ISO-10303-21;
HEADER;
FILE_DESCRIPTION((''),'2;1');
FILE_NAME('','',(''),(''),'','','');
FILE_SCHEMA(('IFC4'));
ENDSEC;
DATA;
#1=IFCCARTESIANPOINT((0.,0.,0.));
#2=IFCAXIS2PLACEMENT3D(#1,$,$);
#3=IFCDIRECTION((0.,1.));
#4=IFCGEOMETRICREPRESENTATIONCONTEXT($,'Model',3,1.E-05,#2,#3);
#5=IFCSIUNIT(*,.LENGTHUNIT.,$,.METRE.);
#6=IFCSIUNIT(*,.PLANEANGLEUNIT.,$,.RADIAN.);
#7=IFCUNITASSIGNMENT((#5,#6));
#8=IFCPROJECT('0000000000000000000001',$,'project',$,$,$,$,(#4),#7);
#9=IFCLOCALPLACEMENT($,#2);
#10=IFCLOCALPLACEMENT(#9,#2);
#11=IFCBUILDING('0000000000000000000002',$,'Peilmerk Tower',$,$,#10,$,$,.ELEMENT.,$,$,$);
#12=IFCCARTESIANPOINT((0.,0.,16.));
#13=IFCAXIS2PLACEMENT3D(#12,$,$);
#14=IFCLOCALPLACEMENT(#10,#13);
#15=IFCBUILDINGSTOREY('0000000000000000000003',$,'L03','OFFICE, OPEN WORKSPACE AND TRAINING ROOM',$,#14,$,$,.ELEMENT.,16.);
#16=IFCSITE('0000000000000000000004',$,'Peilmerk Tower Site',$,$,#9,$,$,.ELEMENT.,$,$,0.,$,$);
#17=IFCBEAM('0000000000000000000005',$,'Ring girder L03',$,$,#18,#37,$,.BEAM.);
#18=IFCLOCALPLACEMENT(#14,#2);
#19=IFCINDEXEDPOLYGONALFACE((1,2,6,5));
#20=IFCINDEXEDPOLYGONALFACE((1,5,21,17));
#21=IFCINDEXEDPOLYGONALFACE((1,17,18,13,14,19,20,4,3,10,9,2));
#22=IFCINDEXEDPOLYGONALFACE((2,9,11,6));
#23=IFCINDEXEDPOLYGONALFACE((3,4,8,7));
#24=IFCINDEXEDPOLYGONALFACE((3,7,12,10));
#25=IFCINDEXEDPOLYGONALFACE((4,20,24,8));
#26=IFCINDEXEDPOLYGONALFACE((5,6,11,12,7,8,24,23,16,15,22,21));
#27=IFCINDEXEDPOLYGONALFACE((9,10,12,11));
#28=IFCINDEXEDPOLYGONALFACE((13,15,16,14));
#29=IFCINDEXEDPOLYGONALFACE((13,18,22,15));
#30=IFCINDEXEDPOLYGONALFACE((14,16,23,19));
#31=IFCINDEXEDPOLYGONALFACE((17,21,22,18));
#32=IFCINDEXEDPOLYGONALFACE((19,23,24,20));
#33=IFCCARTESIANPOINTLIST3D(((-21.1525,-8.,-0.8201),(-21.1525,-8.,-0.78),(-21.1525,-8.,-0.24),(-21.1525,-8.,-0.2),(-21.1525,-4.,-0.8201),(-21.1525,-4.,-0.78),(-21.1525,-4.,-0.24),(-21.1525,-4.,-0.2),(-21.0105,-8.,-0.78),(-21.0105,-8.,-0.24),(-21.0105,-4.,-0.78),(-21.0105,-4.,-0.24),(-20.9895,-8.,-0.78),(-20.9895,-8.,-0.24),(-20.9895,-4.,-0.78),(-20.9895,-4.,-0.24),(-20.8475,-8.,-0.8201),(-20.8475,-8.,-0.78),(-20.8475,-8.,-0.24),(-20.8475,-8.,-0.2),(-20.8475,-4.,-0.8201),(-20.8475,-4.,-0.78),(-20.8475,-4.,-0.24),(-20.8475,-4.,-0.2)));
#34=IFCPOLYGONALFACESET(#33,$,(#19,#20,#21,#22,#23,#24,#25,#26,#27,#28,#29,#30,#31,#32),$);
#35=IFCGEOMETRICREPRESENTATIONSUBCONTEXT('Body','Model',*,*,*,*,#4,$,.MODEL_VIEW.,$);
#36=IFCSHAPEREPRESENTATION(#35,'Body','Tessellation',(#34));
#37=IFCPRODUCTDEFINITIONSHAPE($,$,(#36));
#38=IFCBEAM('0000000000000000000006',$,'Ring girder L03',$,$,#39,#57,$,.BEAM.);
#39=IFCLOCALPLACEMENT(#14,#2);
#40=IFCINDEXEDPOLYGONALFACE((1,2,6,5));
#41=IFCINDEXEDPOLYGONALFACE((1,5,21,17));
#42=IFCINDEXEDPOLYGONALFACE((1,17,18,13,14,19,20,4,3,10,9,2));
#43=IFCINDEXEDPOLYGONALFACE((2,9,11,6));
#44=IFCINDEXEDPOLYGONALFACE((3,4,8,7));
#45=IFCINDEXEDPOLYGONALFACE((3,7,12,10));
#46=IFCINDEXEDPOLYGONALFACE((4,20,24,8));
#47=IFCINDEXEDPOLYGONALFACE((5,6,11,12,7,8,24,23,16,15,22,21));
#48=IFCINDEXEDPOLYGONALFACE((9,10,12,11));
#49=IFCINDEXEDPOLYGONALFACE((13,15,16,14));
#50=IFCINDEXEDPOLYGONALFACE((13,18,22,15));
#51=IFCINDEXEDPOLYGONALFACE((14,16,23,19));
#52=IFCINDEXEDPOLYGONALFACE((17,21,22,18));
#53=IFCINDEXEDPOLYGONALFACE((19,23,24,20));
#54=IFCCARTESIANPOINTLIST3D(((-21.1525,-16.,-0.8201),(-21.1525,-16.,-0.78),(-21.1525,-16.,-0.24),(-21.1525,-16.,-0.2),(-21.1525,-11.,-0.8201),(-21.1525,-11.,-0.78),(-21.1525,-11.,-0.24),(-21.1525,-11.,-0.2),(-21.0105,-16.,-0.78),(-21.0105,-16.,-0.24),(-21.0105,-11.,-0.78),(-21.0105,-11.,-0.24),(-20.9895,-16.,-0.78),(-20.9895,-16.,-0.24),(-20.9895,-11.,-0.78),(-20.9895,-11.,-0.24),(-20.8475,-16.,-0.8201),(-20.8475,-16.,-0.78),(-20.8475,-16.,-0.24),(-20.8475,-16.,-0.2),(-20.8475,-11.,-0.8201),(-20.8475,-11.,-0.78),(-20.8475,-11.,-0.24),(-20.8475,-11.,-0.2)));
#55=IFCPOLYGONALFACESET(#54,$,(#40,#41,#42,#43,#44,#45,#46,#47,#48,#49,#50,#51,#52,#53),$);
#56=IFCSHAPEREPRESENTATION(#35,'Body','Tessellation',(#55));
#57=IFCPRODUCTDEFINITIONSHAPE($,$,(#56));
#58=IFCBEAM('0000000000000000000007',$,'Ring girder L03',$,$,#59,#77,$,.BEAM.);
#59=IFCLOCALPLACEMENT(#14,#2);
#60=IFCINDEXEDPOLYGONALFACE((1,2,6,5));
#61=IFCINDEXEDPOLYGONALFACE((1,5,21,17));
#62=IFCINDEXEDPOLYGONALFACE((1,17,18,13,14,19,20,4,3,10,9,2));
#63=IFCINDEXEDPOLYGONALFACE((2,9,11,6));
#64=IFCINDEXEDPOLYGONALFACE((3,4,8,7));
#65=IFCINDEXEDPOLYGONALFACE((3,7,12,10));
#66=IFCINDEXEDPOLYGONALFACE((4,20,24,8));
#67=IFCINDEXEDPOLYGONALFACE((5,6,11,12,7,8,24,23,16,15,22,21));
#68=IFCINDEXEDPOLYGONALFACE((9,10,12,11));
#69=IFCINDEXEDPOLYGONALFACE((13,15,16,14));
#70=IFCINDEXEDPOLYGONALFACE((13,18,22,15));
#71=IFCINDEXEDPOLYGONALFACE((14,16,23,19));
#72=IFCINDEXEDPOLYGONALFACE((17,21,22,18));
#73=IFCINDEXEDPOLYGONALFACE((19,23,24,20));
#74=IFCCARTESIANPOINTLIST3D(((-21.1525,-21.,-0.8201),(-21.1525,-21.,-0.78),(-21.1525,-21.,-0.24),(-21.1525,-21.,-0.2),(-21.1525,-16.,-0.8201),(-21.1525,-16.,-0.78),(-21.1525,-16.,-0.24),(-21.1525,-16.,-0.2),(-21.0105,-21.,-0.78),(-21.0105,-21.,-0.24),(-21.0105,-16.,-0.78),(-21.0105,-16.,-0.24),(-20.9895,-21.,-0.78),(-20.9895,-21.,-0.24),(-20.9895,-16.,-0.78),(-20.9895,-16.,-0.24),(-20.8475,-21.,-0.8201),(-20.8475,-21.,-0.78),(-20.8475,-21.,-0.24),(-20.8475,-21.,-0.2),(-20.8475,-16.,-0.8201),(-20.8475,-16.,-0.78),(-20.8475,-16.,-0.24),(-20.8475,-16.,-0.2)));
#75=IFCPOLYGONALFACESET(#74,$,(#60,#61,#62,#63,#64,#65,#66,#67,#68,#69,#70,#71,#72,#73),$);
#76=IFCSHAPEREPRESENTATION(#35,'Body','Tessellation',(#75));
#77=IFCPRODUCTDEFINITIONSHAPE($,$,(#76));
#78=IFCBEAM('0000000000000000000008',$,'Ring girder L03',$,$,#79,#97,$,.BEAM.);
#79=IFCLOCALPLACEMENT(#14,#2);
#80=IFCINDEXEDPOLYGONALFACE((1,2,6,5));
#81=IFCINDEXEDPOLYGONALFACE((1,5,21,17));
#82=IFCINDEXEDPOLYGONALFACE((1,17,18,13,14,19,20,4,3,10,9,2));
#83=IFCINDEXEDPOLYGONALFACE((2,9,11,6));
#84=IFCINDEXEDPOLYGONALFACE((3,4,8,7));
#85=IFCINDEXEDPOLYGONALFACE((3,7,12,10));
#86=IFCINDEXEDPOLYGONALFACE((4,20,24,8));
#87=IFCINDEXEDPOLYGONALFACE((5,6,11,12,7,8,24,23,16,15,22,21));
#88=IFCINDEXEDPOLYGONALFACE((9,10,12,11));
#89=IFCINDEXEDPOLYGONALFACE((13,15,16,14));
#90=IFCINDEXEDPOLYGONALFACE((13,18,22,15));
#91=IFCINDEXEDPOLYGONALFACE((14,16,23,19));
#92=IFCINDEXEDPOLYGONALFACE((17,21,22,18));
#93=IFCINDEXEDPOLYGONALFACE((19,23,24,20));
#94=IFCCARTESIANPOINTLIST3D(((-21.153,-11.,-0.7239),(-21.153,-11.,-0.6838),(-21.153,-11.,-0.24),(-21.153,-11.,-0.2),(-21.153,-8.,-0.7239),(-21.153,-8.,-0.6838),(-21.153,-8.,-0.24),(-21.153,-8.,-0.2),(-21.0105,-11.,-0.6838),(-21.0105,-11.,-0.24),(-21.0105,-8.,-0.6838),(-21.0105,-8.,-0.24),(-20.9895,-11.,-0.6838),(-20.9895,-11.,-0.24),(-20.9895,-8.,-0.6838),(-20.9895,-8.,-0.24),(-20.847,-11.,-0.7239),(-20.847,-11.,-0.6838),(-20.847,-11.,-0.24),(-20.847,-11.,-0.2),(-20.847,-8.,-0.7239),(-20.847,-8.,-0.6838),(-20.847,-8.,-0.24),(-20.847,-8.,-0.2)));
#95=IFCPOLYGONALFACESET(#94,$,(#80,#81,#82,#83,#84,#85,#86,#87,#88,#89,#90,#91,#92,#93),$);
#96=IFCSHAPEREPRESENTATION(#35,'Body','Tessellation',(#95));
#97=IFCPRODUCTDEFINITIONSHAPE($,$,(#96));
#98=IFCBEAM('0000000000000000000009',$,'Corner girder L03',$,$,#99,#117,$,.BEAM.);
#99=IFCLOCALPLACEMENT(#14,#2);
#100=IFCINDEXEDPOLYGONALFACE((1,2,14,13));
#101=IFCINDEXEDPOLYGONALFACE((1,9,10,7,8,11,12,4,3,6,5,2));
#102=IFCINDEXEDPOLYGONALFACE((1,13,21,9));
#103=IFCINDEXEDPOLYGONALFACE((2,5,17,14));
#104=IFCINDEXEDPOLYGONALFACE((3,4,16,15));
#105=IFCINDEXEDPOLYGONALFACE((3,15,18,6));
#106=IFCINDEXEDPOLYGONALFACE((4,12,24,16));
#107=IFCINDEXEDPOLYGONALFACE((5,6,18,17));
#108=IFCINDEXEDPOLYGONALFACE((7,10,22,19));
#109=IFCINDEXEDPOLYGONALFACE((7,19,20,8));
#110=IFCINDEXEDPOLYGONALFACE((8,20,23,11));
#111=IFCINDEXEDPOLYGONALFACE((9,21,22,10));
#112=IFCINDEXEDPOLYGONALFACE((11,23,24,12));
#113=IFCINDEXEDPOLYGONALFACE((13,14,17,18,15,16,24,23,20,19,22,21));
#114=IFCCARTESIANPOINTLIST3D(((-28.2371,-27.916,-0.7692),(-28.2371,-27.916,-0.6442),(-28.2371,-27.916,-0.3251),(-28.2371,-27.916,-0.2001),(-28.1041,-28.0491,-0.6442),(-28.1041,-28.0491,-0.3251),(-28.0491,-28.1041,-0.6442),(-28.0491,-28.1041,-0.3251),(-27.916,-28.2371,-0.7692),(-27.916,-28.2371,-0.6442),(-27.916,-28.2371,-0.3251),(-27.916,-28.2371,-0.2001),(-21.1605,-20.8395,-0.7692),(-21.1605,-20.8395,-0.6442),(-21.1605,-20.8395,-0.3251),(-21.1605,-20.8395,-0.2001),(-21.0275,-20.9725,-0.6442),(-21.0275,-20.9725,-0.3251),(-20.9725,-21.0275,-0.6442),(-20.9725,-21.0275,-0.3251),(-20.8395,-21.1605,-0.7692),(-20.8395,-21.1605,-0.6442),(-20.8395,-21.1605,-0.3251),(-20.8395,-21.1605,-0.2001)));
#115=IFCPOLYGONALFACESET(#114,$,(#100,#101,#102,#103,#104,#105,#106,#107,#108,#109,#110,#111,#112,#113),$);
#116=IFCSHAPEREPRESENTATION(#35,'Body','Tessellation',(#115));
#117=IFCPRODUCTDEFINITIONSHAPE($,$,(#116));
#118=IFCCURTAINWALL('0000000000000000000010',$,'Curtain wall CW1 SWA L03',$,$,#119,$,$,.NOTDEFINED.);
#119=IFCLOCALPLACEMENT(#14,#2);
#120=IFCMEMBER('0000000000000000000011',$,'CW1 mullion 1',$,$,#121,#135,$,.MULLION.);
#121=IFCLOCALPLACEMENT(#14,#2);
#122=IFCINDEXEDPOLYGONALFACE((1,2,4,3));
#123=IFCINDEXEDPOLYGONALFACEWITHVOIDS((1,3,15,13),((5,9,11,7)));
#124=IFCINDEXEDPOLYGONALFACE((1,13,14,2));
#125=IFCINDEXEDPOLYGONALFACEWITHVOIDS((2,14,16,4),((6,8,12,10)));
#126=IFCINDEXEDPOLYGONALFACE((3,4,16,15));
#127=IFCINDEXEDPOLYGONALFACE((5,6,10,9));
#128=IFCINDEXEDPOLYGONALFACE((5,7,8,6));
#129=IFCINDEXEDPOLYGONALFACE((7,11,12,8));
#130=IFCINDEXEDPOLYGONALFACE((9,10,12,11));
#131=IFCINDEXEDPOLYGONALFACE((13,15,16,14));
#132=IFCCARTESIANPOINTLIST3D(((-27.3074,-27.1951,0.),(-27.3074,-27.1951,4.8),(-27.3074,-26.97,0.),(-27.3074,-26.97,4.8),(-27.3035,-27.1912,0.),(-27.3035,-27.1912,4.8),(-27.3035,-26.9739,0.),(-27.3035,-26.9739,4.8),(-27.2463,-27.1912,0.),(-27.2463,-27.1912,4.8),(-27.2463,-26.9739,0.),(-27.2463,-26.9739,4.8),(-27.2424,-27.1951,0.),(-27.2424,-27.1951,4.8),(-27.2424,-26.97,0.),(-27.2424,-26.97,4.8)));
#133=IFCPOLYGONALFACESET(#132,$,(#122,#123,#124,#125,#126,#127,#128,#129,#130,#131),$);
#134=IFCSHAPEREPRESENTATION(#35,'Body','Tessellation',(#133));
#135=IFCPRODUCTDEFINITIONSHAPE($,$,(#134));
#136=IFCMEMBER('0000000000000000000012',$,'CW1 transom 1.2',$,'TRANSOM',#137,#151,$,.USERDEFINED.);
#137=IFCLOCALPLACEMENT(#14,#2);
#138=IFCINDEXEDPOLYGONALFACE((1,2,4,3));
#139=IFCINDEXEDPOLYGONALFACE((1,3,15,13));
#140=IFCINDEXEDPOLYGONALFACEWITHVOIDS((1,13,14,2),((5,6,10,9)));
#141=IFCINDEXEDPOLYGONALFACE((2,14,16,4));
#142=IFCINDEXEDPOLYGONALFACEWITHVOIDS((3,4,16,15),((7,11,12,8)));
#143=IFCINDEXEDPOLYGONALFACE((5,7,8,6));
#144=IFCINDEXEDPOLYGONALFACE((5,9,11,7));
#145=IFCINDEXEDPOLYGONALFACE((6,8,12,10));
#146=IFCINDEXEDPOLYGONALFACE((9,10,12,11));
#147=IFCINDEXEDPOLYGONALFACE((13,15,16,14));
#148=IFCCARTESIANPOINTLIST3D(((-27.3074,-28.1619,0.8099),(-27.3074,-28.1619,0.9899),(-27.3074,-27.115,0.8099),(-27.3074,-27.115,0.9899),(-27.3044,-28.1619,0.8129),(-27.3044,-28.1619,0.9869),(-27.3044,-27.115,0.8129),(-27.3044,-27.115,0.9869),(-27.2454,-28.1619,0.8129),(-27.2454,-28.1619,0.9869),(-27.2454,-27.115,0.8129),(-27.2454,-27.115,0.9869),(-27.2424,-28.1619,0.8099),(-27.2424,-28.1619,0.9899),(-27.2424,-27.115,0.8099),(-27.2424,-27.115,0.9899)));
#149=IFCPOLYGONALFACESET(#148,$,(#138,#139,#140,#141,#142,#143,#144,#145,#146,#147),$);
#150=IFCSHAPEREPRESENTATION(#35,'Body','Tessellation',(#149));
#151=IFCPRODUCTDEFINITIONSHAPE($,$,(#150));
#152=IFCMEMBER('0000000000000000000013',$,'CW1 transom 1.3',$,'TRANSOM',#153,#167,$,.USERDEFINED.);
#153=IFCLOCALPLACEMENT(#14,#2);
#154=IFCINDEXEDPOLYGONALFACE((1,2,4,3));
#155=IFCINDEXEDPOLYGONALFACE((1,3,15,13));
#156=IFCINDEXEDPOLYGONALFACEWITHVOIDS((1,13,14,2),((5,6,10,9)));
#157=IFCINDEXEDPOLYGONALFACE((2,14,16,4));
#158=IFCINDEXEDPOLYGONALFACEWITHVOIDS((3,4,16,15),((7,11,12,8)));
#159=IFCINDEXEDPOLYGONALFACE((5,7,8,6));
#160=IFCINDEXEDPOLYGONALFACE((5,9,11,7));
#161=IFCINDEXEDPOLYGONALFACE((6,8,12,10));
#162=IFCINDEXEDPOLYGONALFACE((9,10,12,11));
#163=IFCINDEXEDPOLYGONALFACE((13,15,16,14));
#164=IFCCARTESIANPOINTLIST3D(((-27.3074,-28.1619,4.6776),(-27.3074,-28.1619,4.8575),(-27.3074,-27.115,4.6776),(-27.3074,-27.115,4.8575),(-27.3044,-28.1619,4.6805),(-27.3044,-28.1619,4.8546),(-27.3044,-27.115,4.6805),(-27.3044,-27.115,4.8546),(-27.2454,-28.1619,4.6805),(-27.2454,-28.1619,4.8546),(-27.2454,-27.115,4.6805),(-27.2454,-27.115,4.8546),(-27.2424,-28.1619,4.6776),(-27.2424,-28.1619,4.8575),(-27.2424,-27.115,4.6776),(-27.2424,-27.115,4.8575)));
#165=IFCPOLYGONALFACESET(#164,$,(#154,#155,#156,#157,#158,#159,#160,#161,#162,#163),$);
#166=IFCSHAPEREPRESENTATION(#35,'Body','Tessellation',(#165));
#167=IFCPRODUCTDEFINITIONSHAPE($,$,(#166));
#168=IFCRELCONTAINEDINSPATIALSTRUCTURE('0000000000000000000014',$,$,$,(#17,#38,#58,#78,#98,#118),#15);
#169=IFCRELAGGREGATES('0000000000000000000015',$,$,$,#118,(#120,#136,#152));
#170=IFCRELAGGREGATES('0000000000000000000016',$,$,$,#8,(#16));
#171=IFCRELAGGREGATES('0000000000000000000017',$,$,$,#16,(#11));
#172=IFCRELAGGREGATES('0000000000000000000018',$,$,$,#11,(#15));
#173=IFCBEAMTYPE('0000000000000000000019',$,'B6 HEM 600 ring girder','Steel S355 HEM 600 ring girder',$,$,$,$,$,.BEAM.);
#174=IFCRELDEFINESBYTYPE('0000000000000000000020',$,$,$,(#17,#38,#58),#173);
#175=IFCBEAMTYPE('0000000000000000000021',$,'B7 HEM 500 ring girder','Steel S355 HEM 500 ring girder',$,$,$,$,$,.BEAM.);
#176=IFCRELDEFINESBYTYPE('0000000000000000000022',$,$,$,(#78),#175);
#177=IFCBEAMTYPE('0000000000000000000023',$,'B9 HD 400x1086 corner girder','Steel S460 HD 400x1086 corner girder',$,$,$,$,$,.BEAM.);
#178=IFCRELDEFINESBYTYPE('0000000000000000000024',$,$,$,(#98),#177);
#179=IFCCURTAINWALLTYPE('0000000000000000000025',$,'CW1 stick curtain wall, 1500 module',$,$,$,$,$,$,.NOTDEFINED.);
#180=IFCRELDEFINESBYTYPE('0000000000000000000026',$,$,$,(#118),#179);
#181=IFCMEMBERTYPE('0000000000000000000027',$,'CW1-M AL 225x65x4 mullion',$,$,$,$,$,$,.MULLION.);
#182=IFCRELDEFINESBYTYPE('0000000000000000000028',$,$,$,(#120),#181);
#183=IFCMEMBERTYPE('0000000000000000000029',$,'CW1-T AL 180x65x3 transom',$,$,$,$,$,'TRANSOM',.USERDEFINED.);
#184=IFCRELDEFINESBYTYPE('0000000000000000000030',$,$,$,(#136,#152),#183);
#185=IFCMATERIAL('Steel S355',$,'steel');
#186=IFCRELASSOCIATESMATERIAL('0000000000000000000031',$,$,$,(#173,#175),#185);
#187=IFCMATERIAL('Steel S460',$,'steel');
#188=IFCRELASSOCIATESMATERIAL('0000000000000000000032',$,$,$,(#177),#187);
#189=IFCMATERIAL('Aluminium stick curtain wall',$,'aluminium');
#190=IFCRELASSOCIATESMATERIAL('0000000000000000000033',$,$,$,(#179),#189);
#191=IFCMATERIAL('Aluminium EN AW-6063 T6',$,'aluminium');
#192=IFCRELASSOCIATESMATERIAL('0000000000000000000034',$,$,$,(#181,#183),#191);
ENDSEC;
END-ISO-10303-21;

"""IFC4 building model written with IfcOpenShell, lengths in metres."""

from ifc_helpers import new_model, si_unit, direction, frame, origin, origin_2d, place, context, subcontext, project, spatial, hollow_rectangle, i_section, extrude, material, material_profile, profile_set, type_object, element, aggregate, save


model = new_model("IFC4")

# Units and contexts
model_context = context("Model", 3, precision=1e-05, world=origin(), true_north=direction((0.0, 1.0)))
body_context = subcontext(model_context, "Body", "Model", "MODEL_VIEW")
ifc_project = project(units=[si_unit("LENGTHUNIT", "METRE"), si_unit("PLANEANGLEUNIT", "RADIAN")], contexts=[model_context])

# Site, building, storey
site_placement = place(None, origin())
site = spatial("IfcSite", under=ifc_project, at=site_placement, Name="Peilmerk Tower Site", CompositionType="ELEMENT", RefElevation=0.0)
building_placement = place(site_placement, origin())
building = spatial("IfcBuilding", under=site, at=building_placement, Name="Peilmerk Tower", CompositionType="ELEMENT")
storey_placement = place(building_placement, frame((0.0, 0.0, 16.0)))
storey = spatial("IfcBuildingStorey", under=building, at=storey_placement, Name="L03", Description="OFFICE, OPEN WORKSPACE AND TRAINING ROOM", CompositionType="ELEMENT", Elevation=16.0)

# Beams
ifc_material_1 = material(Name="Steel S355", Category="steel")
ifc_material_profile_1 = material_profile(ifc_material_1, i_section(OverallWidth=0.3049, OverallDepth=0.6201, WebThickness=0.021, FlangeThickness=0.04, at=origin_2d()), Name="HEM 600")
ifc_profile_set_1 = profile_set([ifc_material_profile_1], Name="Steel S355")
beam_type_1 = type_object("IfcBeamType", Name="B6 HEM 600 ring girder", Description="Steel S355 HEM 600 ring girder", PredefinedType="BEAM", material=ifc_profile_set_1)
beam_1_placement = place(storey_placement, frame((-21.0, -4.0, -0.51), z_axis=(0.0, -1.0, 0.0), x_axis=(1.0, 0.0, 0.0)))
element("IfcBeam", 1, at=beam_1_placement, inside=storey, type_object=beam_type_1, Name="Ring girder L03", PredefinedType="BEAM", context=body_context, shape_type="SweptSolid", body=[
    extrude(i_section(OverallWidth=0.3049, OverallDepth=0.6201, WebThickness=0.021, FlangeThickness=0.04, at=origin_2d()), origin(), (0.0, 0.0, 1.0), 4.0),
])
for number, where, z_axis, x_axis, name in (
    (2, (-21.0, -11.0, -0.51), (0.0, -1.0, 0.0), (1.0, 0.0, 0.0), "Ring girder L03"),
    (3, (-21.0, -16.0, -0.51), (0.0, -1.0, 0.0), (1.0, 0.0, 0.0), "Ring girder L03"),
):
    element("IfcBeam", number, at=place(storey_placement, frame(where, z_axis=z_axis, x_axis=x_axis)), inside=storey, type_object=beam_type_1, Name=name, PredefinedType="BEAM", context=body_context, shape_type="SweptSolid", body=[
        extrude(i_section(OverallWidth=0.3049, OverallDepth=0.6201, WebThickness=0.021, FlangeThickness=0.04, at=origin_2d()), origin(), (0.0, 0.0, 1.0), 5.0),
    ])
ifc_material_profile_2 = material_profile(ifc_material_1, i_section(OverallWidth=0.3059, OverallDepth=0.5239, WebThickness=0.021, FlangeThickness=0.04, at=origin_2d()), Name="HEM 500")
ifc_profile_set_2 = profile_set([ifc_material_profile_2], Name="Steel S355")
beam_type_2 = type_object("IfcBeamType", Name="B7 HEM 500 ring girder", Description="Steel S355 HEM 500 ring girder", PredefinedType="BEAM", material=ifc_profile_set_2)
beam_2_placement = place(storey_placement, frame((-21.0, -8.0, -0.4619), z_axis=(0.0, -1.0, 0.0), x_axis=(1.0, 0.0, 0.0)))
element("IfcBeam", 4, at=beam_2_placement, inside=storey, type_object=beam_type_2, Name="Ring girder L03", PredefinedType="BEAM", context=body_context, shape_type="SweptSolid", body=[
    extrude(i_section(OverallWidth=0.3059, OverallDepth=0.5239, WebThickness=0.021, FlangeThickness=0.04, at=origin_2d()), origin(), (0.0, 0.0, 1.0), 3.0),
])
ifc_material_2 = material(Name="Steel S460", Category="steel")
ifc_material_profile_3 = material_profile(ifc_material_2, i_section(OverallWidth=0.4541, OverallDepth=0.5691, WebThickness=0.0779, FlangeThickness=0.125, at=origin_2d()), Name="HD 400x1086")
ifc_profile_set_3 = profile_set([ifc_material_profile_3], Name="Steel S460")
beam_type_3 = type_object("IfcBeamType", Name="B9 HD 400x1086 corner girder", Description="Steel S460 HD 400x1086 corner girder", PredefinedType="BEAM", material=ifc_profile_set_3)
beam_3_placement = place(storey_placement, frame((-21.0, -21.0, -0.4846), z_axis=(-0.707107, -0.707107, 0.0), x_axis=(0.707107, -0.707107, 0.0)))
element("IfcBeam", 5, at=beam_3_placement, inside=storey, type_object=beam_type_3, Name="Corner girder L03", PredefinedType="BEAM", context=body_context, shape_type="SweptSolid", body=[
    extrude(i_section(OverallWidth=0.4541, OverallDepth=0.5691, WebThickness=0.0779, FlangeThickness=0.125, at=origin_2d()), origin(), (0.0, 0.0, 1.0), 10.0078),
])

# Curtain wall, members
ifc_material_3 = material(Name="Aluminium stick curtain wall", Category="aluminium")
curtain_wall_type = type_object("IfcCurtainWallType", Name="CW1 stick curtain wall, 1500 module", PredefinedType="NOTDEFINED", material=ifc_material_3)
curtain_wall_placement = place(storey_placement, origin())
curtain_wall = element("IfcCurtainWall", 6, at=curtain_wall_placement, inside=storey, type_object=curtain_wall_type, Name="Curtain wall CW1 SWA L03", PredefinedType="NOTDEFINED")
ifc_material_4 = material(Name="Aluminium EN AW-6063 T6", Category="aluminium")
ifc_material_profile_4 = material_profile(ifc_material_4, hollow_rectangle(XDim=0.0649, YDim=0.2251, WallThickness=0.0039, at=origin_2d()), Name="AL 225x65x4")
ifc_profile_set_4 = profile_set([ifc_material_profile_4], Name="Aluminium EN AW-6063 T6")
member_type_1 = type_object("IfcMemberType", Name="CW1-M AL 225x65x4 mullion", PredefinedType="MULLION", material=ifc_profile_set_4)
member_1_placement = place(storey_placement, frame((-27.2749, -27.0825, 0.0), z_axis=(0.0, 0.0, 1.0), x_axis=(1.0, 0.0, 0.0)))
member_1 = element("IfcMember", 7, at=member_1_placement, type_object=member_type_1, Name="CW1 mullion 1", PredefinedType="MULLION", context=body_context, shape_type="SweptSolid", body=[
    extrude(hollow_rectangle(XDim=0.0649, YDim=0.2251, WallThickness=0.0039, at=origin_2d()), origin(), (0.0, 0.0, 1.0), 4.8),
])
ifc_material_profile_5 = material_profile(ifc_material_4, hollow_rectangle(XDim=0.0649, YDim=0.1799, WallThickness=0.0029, at=origin_2d()), Name="AL 180x65x3")
ifc_profile_set_5 = profile_set([ifc_material_profile_5], Name="Aluminium EN AW-6063 T6")
member_type_2 = type_object("IfcMemberType", Name="CW1-T AL 180x65x3 transom", ElementType="TRANSOM", PredefinedType="USERDEFINED", material=ifc_profile_set_5)
member_2_placement = place(storey_placement, frame((-27.2749, -27.115, 0.8999), z_axis=(0.0, -1.0, 0.0), x_axis=(1.0, 0.0, 0.0)))
member_2 = element("IfcMember", 8, at=member_2_placement, type_object=member_type_2, Name="CW1 transom 1.2", ObjectType="TRANSOM", PredefinedType="USERDEFINED", context=body_context, shape_type="SweptSolid", body=[
    extrude(hollow_rectangle(XDim=0.0649, YDim=0.1799, WallThickness=0.0029, at=origin_2d()), origin(), (0.0, 0.0, 1.0), 1.0469),
])
member_3_placement = place(storey_placement, frame((-27.2749, -27.115, 4.7676), z_axis=(0.0, -1.0, 0.0), x_axis=(1.0, 0.0, 0.0)))
member_3 = element("IfcMember", 9, at=member_3_placement, type_object=member_type_2, Name="CW1 transom 1.3", ObjectType="TRANSOM", PredefinedType="USERDEFINED", context=body_context, shape_type="SweptSolid", body=[
    extrude(hollow_rectangle(XDim=0.0649, YDim=0.1799, WallThickness=0.0029, at=origin_2d()), origin(), (0.0, 0.0, 1.0), 1.0469),
])
aggregate(curtain_wall, [member_1, member_2, member_3])

save(model, "model.ifc")
